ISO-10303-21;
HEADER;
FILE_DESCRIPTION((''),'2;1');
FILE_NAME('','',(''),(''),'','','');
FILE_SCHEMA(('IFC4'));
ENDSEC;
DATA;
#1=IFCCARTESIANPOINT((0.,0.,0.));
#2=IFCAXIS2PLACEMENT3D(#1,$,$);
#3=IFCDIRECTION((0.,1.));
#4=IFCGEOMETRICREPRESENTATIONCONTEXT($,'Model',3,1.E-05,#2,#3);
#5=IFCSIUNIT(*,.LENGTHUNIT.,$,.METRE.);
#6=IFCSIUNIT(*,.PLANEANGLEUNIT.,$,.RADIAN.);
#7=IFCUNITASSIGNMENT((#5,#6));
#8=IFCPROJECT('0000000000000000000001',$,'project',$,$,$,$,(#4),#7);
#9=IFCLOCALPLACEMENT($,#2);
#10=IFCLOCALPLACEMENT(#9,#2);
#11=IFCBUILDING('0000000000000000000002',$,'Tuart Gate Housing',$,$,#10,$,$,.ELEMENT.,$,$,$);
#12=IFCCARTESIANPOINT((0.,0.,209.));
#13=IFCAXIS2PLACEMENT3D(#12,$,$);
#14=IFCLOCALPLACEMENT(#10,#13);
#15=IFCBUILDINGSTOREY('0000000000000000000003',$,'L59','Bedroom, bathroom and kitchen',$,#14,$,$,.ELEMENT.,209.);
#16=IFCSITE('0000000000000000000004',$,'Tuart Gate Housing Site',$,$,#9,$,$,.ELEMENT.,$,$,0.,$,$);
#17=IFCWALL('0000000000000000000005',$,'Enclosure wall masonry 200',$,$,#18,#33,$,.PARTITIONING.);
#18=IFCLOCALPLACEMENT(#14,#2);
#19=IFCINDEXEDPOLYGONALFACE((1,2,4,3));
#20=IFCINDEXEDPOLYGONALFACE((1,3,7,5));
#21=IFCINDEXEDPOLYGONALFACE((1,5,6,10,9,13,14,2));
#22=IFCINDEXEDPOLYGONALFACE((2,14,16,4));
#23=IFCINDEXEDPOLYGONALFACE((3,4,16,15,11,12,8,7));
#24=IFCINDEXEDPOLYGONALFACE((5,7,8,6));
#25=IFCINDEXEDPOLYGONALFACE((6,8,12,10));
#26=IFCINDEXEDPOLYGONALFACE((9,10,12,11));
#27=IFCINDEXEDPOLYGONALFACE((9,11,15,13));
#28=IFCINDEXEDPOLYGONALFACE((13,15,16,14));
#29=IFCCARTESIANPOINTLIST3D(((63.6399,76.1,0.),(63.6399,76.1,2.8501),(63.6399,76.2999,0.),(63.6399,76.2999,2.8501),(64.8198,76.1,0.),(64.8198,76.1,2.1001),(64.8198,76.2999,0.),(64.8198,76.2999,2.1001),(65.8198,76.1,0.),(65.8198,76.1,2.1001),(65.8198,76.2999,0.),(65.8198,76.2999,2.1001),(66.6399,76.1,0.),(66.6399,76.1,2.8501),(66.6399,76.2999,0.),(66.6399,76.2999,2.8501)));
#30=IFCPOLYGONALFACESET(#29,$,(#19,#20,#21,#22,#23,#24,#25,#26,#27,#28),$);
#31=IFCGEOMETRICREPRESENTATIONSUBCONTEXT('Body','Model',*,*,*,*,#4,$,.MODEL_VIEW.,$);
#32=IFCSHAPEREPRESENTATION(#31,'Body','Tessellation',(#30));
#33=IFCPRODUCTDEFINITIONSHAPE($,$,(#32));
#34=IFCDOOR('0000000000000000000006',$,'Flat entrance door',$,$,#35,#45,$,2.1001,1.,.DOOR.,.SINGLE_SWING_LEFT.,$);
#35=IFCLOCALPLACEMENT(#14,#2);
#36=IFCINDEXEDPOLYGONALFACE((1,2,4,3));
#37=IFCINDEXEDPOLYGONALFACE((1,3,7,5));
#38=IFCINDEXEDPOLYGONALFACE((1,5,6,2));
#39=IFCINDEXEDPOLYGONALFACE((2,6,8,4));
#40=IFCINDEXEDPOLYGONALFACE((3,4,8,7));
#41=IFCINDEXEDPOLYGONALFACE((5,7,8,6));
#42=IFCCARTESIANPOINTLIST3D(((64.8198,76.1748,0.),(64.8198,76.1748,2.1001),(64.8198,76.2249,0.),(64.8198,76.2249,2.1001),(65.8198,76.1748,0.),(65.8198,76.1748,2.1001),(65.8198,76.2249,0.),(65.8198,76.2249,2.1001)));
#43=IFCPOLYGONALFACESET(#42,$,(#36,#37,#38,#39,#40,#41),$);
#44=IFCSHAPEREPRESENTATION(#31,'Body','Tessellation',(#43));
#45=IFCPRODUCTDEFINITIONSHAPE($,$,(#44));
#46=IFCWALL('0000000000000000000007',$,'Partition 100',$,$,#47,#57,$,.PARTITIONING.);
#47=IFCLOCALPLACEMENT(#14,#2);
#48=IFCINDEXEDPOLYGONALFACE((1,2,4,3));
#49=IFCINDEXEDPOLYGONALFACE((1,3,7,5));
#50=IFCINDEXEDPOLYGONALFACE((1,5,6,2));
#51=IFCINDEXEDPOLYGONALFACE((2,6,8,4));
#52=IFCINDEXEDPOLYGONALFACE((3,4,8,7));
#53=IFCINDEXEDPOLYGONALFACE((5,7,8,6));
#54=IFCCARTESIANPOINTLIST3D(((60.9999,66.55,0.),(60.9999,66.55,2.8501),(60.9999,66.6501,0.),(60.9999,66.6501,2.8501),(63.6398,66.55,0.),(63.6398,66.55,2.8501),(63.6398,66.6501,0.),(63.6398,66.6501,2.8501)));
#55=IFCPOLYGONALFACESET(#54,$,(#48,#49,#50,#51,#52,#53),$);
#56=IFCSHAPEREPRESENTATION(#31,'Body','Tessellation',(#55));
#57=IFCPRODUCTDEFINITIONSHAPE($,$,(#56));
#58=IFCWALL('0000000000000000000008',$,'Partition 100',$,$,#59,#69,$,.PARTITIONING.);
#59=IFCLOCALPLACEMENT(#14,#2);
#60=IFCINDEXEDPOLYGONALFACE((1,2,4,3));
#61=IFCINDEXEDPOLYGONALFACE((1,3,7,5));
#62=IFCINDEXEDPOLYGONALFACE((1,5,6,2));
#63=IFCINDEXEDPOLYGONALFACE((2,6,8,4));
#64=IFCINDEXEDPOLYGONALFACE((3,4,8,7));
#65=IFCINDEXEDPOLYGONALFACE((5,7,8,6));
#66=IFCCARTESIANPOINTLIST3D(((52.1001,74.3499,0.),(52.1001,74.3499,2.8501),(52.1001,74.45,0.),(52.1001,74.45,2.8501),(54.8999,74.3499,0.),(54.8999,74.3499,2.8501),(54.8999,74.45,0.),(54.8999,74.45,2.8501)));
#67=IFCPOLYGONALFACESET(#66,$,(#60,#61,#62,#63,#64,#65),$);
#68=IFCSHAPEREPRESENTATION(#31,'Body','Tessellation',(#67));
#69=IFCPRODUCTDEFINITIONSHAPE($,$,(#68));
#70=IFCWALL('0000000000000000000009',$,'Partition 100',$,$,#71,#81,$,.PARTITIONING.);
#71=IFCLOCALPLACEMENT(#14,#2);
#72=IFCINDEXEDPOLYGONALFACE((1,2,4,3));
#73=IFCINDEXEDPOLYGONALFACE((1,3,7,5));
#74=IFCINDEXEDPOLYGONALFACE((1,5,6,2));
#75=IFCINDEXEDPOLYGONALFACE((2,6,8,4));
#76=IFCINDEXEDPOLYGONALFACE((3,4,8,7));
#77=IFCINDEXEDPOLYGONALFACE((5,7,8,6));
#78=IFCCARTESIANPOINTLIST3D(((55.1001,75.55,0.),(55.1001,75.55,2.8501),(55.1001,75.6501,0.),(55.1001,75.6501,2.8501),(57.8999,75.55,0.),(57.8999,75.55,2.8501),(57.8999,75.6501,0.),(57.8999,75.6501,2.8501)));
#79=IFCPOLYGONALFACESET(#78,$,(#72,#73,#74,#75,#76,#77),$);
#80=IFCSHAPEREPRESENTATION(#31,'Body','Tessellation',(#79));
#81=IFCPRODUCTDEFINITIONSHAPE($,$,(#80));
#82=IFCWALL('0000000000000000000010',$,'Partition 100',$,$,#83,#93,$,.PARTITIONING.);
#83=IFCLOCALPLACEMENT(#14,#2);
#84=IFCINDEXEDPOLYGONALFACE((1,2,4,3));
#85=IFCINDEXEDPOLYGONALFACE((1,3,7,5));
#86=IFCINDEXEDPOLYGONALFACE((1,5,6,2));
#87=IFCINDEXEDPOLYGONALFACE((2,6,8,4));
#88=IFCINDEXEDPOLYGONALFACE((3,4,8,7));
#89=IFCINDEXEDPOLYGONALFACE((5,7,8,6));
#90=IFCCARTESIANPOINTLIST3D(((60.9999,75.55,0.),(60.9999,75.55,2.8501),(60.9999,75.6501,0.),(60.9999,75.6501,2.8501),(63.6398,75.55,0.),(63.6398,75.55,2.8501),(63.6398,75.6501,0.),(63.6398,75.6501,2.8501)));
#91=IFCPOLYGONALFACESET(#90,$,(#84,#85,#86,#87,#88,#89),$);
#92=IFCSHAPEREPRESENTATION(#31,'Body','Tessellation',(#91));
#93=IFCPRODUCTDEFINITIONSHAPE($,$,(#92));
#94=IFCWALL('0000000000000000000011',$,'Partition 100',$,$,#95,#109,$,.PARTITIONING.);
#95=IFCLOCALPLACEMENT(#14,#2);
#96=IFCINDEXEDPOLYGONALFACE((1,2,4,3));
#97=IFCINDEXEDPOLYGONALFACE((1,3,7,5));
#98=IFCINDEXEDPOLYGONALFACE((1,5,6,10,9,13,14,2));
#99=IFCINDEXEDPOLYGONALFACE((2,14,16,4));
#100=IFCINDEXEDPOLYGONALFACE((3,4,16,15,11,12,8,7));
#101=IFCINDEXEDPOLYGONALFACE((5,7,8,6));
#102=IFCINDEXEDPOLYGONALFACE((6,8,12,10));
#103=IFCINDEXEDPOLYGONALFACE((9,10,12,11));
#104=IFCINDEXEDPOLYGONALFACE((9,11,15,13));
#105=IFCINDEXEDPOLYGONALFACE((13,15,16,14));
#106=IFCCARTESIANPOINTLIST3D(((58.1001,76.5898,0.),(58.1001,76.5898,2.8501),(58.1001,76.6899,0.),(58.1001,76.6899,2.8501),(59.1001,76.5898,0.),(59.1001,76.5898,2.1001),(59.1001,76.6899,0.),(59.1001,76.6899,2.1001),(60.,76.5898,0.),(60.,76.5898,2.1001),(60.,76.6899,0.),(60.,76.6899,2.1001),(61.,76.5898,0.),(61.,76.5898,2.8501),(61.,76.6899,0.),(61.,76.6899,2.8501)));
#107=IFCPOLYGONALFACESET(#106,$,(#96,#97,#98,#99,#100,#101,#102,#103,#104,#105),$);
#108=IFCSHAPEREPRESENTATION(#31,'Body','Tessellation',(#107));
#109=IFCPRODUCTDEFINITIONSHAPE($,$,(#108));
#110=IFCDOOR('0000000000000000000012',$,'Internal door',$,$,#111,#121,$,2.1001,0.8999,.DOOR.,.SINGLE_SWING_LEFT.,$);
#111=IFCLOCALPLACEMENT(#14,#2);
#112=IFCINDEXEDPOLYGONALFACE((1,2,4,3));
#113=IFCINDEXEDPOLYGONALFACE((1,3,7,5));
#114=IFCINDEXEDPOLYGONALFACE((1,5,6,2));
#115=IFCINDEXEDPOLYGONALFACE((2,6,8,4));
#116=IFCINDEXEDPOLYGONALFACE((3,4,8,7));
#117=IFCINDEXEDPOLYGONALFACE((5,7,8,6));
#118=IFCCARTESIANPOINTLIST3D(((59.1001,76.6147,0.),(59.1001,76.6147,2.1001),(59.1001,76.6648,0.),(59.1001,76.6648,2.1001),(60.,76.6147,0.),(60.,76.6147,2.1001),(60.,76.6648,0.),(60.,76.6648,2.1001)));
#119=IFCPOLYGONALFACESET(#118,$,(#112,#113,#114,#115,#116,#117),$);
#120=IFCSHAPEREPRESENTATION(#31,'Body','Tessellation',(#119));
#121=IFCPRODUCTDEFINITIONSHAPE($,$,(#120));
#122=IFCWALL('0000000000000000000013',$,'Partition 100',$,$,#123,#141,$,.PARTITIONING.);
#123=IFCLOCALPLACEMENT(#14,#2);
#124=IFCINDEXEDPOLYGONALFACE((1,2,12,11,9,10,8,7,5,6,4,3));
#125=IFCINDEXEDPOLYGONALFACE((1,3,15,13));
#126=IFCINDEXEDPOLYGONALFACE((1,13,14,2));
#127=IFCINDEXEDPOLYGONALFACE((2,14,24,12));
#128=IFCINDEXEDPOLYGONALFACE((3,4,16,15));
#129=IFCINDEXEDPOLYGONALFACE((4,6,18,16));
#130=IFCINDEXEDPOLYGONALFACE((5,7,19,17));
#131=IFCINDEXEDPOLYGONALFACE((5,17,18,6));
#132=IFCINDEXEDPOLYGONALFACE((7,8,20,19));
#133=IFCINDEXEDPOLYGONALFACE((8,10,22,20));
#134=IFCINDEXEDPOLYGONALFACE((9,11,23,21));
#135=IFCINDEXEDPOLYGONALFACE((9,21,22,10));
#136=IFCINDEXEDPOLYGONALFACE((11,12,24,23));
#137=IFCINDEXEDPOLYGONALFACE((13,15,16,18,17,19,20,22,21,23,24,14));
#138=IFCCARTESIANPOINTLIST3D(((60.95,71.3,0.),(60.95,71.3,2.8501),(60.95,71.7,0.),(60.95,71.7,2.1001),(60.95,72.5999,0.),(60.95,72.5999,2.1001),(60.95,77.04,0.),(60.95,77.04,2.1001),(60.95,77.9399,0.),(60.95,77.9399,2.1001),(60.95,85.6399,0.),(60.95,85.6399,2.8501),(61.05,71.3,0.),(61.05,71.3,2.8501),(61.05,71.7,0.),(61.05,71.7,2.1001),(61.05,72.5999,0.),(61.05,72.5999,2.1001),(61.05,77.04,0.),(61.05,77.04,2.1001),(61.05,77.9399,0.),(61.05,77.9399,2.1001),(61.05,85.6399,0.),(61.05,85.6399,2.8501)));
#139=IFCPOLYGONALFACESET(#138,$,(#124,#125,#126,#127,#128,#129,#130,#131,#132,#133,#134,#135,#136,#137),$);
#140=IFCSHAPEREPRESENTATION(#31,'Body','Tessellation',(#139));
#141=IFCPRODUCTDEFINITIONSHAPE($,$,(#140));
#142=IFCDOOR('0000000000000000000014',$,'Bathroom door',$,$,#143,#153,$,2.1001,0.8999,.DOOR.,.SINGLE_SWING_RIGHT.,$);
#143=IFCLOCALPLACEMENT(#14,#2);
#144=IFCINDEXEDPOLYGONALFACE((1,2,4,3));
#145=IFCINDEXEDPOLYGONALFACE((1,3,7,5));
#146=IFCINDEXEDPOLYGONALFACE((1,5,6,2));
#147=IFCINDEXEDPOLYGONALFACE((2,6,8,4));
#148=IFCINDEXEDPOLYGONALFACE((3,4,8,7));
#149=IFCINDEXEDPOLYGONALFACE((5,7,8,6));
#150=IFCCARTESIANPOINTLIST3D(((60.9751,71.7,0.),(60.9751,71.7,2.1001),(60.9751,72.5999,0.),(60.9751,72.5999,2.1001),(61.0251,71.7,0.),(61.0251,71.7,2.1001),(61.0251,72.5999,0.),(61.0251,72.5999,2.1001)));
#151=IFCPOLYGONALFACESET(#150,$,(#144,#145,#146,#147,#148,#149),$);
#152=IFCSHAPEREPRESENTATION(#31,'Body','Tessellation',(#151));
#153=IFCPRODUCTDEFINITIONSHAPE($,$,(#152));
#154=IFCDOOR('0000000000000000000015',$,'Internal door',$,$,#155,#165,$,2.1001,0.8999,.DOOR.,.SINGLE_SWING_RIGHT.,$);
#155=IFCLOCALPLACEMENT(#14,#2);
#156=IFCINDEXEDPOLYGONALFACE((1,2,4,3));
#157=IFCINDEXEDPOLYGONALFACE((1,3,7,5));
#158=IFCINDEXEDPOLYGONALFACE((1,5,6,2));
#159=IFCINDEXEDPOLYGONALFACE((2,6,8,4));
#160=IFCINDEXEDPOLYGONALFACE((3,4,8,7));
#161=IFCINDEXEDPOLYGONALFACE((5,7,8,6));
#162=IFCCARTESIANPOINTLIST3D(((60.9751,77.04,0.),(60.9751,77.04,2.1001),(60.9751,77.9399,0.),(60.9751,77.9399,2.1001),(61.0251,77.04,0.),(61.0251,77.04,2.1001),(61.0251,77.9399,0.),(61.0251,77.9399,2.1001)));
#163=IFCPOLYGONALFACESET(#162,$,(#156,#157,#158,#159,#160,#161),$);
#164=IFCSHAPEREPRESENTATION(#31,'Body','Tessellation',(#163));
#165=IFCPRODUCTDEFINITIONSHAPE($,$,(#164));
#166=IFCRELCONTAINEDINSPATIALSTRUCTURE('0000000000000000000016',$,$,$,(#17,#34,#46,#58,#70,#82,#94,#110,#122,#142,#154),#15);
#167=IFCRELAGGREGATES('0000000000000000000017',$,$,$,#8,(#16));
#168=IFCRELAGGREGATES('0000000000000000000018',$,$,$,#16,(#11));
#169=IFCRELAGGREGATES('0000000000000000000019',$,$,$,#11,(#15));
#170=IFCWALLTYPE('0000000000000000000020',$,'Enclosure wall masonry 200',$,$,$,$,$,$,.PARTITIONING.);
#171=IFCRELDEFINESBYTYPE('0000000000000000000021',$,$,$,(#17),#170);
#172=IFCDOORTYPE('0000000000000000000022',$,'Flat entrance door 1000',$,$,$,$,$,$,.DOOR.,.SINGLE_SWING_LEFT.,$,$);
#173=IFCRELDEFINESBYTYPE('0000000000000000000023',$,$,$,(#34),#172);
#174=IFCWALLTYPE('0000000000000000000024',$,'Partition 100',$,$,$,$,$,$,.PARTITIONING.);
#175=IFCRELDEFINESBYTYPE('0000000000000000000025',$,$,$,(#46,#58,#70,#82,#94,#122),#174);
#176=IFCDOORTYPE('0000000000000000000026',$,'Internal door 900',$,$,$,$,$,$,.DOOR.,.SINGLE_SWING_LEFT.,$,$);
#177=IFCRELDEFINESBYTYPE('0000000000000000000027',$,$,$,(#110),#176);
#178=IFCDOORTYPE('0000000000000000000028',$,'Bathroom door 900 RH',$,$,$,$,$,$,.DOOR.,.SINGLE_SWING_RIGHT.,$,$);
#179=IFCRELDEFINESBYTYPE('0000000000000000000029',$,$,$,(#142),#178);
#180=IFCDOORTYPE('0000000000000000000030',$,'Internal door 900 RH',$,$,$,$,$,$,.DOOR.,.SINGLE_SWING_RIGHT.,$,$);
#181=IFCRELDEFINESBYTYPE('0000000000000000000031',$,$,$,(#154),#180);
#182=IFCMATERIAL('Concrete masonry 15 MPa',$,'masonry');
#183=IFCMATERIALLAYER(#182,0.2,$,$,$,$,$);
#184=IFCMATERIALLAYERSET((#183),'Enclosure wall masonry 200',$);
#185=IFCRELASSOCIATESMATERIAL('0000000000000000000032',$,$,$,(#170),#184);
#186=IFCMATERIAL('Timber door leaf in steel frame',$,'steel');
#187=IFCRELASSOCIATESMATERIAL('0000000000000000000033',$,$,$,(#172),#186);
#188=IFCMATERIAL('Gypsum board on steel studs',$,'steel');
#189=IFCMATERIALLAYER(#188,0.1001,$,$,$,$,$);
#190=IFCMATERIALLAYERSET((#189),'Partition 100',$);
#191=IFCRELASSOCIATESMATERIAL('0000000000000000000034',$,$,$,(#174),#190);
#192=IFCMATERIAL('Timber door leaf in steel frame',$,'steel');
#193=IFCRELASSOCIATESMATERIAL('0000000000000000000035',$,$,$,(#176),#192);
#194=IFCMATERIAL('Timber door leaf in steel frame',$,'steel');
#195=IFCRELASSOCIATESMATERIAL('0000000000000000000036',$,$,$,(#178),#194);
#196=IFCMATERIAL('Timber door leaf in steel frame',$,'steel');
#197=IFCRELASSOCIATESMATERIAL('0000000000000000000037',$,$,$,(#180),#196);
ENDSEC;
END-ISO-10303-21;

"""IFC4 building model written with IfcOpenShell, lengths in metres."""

from ifc_helpers import new_model, si_unit, direction, frame, frame_2d, origin, place, context, subcontext, project, spatial, rectangle, extrude, material, layer, layer_set, type_object, element, fill, save


model = new_model("IFC4")

# Units and contexts
model_context = context("Model", 3, precision=1e-05, world=origin(), true_north=direction((0.0, 1.0)))
body_context = subcontext(model_context, "Body", "Model", "MODEL_VIEW")
ifc_project = project(units=[si_unit("LENGTHUNIT", "METRE"), si_unit("PLANEANGLEUNIT", "RADIAN")], contexts=[model_context])

# Site, building, storey
site_placement = place(None, origin())
site = spatial("IfcSite", under=ifc_project, at=site_placement, Name="Tuart Gate Housing Site", CompositionType="ELEMENT", RefElevation=0.0)
building_placement = place(site_placement, origin())
building = spatial("IfcBuilding", under=site, at=building_placement, Name="Tuart Gate Housing", CompositionType="ELEMENT")
storey_placement = place(building_placement, frame((0.0, 0.0, 209.0)))
storey = spatial("IfcBuildingStorey", under=building, at=storey_placement, Name="L59", Description="Bedroom, bathroom and kitchen", CompositionType="ELEMENT", Elevation=209.0)

# Wall, opening, door
ifc_material_1 = material(Name="Concrete masonry 15 MPa", Category="masonry")
ifc_layer_1 = layer(ifc_material_1, 0.2)
ifc_layer_set_1 = layer_set([ifc_layer_1], Name="Enclosure wall masonry 200")
wall_type_1 = type_object("IfcWallType", Name="Enclosure wall masonry 200", PredefinedType="PARTITIONING", material=ifc_layer_set_1)
wall_1_placement = place(storey_placement, frame((63.6399, 76.2, 0.0), z_axis=(0.0, 0.0, 1.0), x_axis=(1.0, 0.0, 0.0)))
wall_1 = element("IfcWall", 1, at=wall_1_placement, inside=storey, type_object=wall_type_1, Name="Enclosure wall masonry 200", PredefinedType="PARTITIONING", context=body_context, shape_type="SweptSolid", body=[
    extrude(rectangle(XDim=3.0, YDim=0.2, at=frame_2d((1.5, 0.0))), origin(), (0.0, 0.0, 1.0), 2.8501),
])
opening_1_placement = place(wall_1_placement, frame((1.1799, 0.0, 0.0)))
opening_1 = element("IfcOpeningElement", 2, at=opening_1_placement, cuts=wall_1, PredefinedType="OPENING", context=body_context, shape_type="SweptSolid", body=[
    extrude(rectangle(XDim=1.0, YDim=2.1001, at=frame_2d((0.5, 1.05))), frame((0.0, 0.1099, 0.0), z_axis=(0.0, -1.0, 0.0), x_axis=(1.0, 0.0, 0.0)), (0.0, 0.0, 1.0), 0.22),
])
ifc_material_2 = material(Name="Timber door leaf in steel frame", Category="steel")
door_type_1 = type_object("IfcDoorType", Name="Flat entrance door 1000", OperationType="SINGLE_SWING_LEFT", PredefinedType="DOOR", material=ifc_material_2)
door_1_placement = place(opening_1_placement, origin())
door_1 = element("IfcDoor", 3, at=door_1_placement, inside=storey, type_object=door_type_1, Name="Flat entrance door", OperationType="SINGLE_SWING_LEFT", OverallHeight=2.1001, OverallWidth=1.0, PredefinedType="DOOR", context=body_context, shape_type="SweptSolid", body=[
    extrude(rectangle(XDim=1.0, YDim=2.1001, at=frame_2d((0.5, 1.05))), frame((0.0, 0.0249, 0.0), z_axis=(0.0, -1.0, 0.0), x_axis=(1.0, 0.0, 0.0)), (0.0, 0.0, 1.0), 0.05),
])
fill(opening_1, door_1)

# Walls
ifc_material_3 = material(Name="Gypsum board on steel studs", Category="steel")
ifc_layer_2 = layer(ifc_material_3, 0.1001)
ifc_layer_set_2 = layer_set([ifc_layer_2], Name="Partition 100")
wall_type_2 = type_object("IfcWallType", Name="Partition 100", PredefinedType="PARTITIONING", material=ifc_layer_set_2)
wall_2_placement = place(storey_placement, frame((61.0, 66.6001, 0.0), z_axis=(0.0, 0.0, 1.0), x_axis=(1.0, 0.0, 0.0)))
element("IfcWall", 4, at=wall_2_placement, inside=storey, type_object=wall_type_2, Name="Partition 100", PredefinedType="PARTITIONING", context=body_context, shape_type="SweptSolid", body=[
    extrude(rectangle(XDim=2.6399, YDim=0.1001, at=frame_2d((1.3198, 0.0))), origin(), (0.0, 0.0, 1.0), 2.8501),
])
for number, where, z_axis, x_axis, name in (
    (5, (52.1001, 74.3999, 0.0), (0.0, 0.0, 1.0), (1.0, 0.0, 0.0), "Partition 100"),
    (6, (55.1001, 75.6001, 0.0), (0.0, 0.0, 1.0), (1.0, 0.0, 0.0), "Partition 100"),
):
    element("IfcWall", number, at=place(storey_placement, frame(where, z_axis=z_axis, x_axis=x_axis)), inside=storey, type_object=wall_type_2, Name=name, PredefinedType="PARTITIONING", context=body_context, shape_type="SweptSolid", body=[
        extrude(rectangle(XDim=2.7998, YDim=0.1001, at=frame_2d((1.3999, 0.0))), origin(), (0.0, 0.0, 1.0), 2.8501),
    ])
wall_3_placement = place(storey_placement, frame((61.0, 75.6001, 0.0), z_axis=(0.0, 0.0, 1.0), x_axis=(1.0, 0.0, 0.0)))
element("IfcWall", 7, at=wall_3_placement, inside=storey, type_object=wall_type_2, Name="Partition 100", PredefinedType="PARTITIONING", context=body_context, shape_type="SweptSolid", body=[
    extrude(rectangle(XDim=2.6399, YDim=0.1001, at=frame_2d((1.3198, 0.0))), origin(), (0.0, 0.0, 1.0), 2.8501),
])

# Wall, opening, door
wall_4_placement = place(storey_placement, frame((58.1001, 76.6399, 0.0), z_axis=(0.0, 0.0, 1.0), x_axis=(1.0, 0.0, 0.0)))
wall_4 = element("IfcWall", 8, at=wall_4_placement, inside=storey, type_object=wall_type_2, Name="Partition 100", PredefinedType="PARTITIONING", context=body_context, shape_type="SweptSolid", body=[
    extrude(rectangle(XDim=2.8999, YDim=0.1001, at=frame_2d((1.45, 0.0))), origin(), (0.0, 0.0, 1.0), 2.8501),
])
opening_2_placement = place(wall_4_placement, frame((1.0, 0.0, 0.0)))
opening_2 = element("IfcOpeningElement", 9, at=opening_2_placement, cuts=wall_4, PredefinedType="OPENING", context=body_context, shape_type="SweptSolid", body=[
    extrude(rectangle(XDim=0.8999, YDim=2.1001, at=frame_2d((0.45, 1.05))), frame((0.0, 0.0601, 0.0), z_axis=(0.0, -1.0, 0.0), x_axis=(1.0, 0.0, 0.0)), (0.0, 0.0, 1.0), 0.1201),
])
ifc_material_4 = material(Name="Timber door leaf in steel frame", Category="steel")
door_type_2 = type_object("IfcDoorType", Name="Internal door 900", OperationType="SINGLE_SWING_LEFT", PredefinedType="DOOR", material=ifc_material_4)
door_2_placement = place(opening_2_placement, frame((0.8999, 0.0, 0.0), z_axis=(0.0, 0.0, 1.0), x_axis=(-1.0, 0.0, 0.0)))
door_2 = element("IfcDoor", 10, at=door_2_placement, inside=storey, type_object=door_type_2, Name="Internal door", OperationType="SINGLE_SWING_LEFT", OverallHeight=2.1001, OverallWidth=0.8999, PredefinedType="DOOR", context=body_context, shape_type="SweptSolid", body=[
    extrude(rectangle(XDim=0.8999, YDim=2.1001, at=frame_2d((0.45, 1.05))), frame((0.0, 0.0251, 0.0), z_axis=(0.0, -1.0, 0.0), x_axis=(1.0, 0.0, 0.0)), (0.0, 0.0, 1.0), 0.05),
])
fill(opening_2, door_2)

# Wall, openings, doors
wall_5_placement = place(storey_placement, frame((61.0, 71.3, 0.0), z_axis=(0.0, 0.0, 1.0), x_axis=(0.0, 1.0, 0.0)))
wall_5 = element("IfcWall", 11, at=wall_5_placement, inside=storey, type_object=wall_type_2, Name="Partition 100", PredefinedType="PARTITIONING", context=body_context, shape_type="SweptSolid", body=[
    extrude(rectangle(XDim=14.3398, YDim=0.1001, at=frame_2d((7.1699, 0.0))), origin(), (0.0, 0.0, 1.0), 2.8501),
])
opening_3_placement = place(wall_5_placement, frame((5.74, 0.0, 0.0)))
opening_3 = element("IfcOpeningElement", 12, at=opening_3_placement, cuts=wall_5, PredefinedType="OPENING", context=body_context, shape_type="SweptSolid", body=[
    extrude(rectangle(XDim=0.8999, YDim=2.1001, at=frame_2d((0.45, 1.05))), frame((0.0, 0.0601, 0.0), z_axis=(0.0, -1.0, 0.0), x_axis=(1.0, 0.0, 0.0)), (0.0, 0.0, 1.0), 0.1201),
])
opening_4_placement = place(wall_5_placement, frame((0.3999, 0.0, 0.0)))
opening_4 = element("IfcOpeningElement", 13, at=opening_4_placement, cuts=wall_5, PredefinedType="OPENING", context=body_context, shape_type="SweptSolid", body=[
    extrude(rectangle(XDim=0.8999, YDim=2.1001, at=frame_2d((0.45, 1.05))), frame((0.0, 0.0601, 0.0), z_axis=(0.0, -1.0, 0.0), x_axis=(1.0, 0.0, 0.0)), (0.0, 0.0, 1.0), 0.1201),
])
ifc_material_5 = material(Name="Timber door leaf in steel frame", Category="steel")
door_type_3 = type_object("IfcDoorType", Name="Bathroom door 900 RH", OperationType="SINGLE_SWING_RIGHT", PredefinedType="DOOR", material=ifc_material_5)
door_3_placement = place(opening_4_placement, frame((0.8999, 0.0, 0.0), z_axis=(0.0, 0.0, 1.0), x_axis=(-1.0, 0.0, 0.0)))
door_3 = element("IfcDoor", 14, at=door_3_placement, inside=storey, type_object=door_type_3, Name="Bathroom door", OperationType="SINGLE_SWING_RIGHT", OverallHeight=2.1001, OverallWidth=0.8999, PredefinedType="DOOR", context=body_context, shape_type="SweptSolid", body=[
    extrude(rectangle(XDim=0.8999, YDim=2.1001, at=frame_2d((0.45, 1.05))), frame((0.0, 0.0251, 0.0), z_axis=(0.0, -1.0, 0.0), x_axis=(1.0, 0.0, 0.0)), (0.0, 0.0, 1.0), 0.05),
])
fill(opening_4, door_3)
ifc_material_6 = material(Name="Timber door leaf in steel frame", Category="steel")
door_type_4 = type_object("IfcDoorType", Name="Internal door 900 RH", OperationType="SINGLE_SWING_RIGHT", PredefinedType="DOOR", material=ifc_material_6)
door_4_placement = place(opening_3_placement, frame((0.8999, 0.0, 0.0), z_axis=(0.0, 0.0, 1.0), x_axis=(-1.0, 0.0, 0.0)))
door_4 = element("IfcDoor", 15, at=door_4_placement, inside=storey, type_object=door_type_4, Name="Internal door", OperationType="SINGLE_SWING_RIGHT", OverallHeight=2.1001, OverallWidth=0.8999, PredefinedType="DOOR", context=body_context, shape_type="SweptSolid", body=[
    extrude(rectangle(XDim=0.8999, YDim=2.1001, at=frame_2d((0.45, 1.05))), frame((0.0, 0.0251, 0.0), z_axis=(0.0, -1.0, 0.0), x_axis=(1.0, 0.0, 0.0)), (0.0, 0.0, 1.0), 0.05),
])
fill(opening_3, door_4)

save(model, "model.ifc")
